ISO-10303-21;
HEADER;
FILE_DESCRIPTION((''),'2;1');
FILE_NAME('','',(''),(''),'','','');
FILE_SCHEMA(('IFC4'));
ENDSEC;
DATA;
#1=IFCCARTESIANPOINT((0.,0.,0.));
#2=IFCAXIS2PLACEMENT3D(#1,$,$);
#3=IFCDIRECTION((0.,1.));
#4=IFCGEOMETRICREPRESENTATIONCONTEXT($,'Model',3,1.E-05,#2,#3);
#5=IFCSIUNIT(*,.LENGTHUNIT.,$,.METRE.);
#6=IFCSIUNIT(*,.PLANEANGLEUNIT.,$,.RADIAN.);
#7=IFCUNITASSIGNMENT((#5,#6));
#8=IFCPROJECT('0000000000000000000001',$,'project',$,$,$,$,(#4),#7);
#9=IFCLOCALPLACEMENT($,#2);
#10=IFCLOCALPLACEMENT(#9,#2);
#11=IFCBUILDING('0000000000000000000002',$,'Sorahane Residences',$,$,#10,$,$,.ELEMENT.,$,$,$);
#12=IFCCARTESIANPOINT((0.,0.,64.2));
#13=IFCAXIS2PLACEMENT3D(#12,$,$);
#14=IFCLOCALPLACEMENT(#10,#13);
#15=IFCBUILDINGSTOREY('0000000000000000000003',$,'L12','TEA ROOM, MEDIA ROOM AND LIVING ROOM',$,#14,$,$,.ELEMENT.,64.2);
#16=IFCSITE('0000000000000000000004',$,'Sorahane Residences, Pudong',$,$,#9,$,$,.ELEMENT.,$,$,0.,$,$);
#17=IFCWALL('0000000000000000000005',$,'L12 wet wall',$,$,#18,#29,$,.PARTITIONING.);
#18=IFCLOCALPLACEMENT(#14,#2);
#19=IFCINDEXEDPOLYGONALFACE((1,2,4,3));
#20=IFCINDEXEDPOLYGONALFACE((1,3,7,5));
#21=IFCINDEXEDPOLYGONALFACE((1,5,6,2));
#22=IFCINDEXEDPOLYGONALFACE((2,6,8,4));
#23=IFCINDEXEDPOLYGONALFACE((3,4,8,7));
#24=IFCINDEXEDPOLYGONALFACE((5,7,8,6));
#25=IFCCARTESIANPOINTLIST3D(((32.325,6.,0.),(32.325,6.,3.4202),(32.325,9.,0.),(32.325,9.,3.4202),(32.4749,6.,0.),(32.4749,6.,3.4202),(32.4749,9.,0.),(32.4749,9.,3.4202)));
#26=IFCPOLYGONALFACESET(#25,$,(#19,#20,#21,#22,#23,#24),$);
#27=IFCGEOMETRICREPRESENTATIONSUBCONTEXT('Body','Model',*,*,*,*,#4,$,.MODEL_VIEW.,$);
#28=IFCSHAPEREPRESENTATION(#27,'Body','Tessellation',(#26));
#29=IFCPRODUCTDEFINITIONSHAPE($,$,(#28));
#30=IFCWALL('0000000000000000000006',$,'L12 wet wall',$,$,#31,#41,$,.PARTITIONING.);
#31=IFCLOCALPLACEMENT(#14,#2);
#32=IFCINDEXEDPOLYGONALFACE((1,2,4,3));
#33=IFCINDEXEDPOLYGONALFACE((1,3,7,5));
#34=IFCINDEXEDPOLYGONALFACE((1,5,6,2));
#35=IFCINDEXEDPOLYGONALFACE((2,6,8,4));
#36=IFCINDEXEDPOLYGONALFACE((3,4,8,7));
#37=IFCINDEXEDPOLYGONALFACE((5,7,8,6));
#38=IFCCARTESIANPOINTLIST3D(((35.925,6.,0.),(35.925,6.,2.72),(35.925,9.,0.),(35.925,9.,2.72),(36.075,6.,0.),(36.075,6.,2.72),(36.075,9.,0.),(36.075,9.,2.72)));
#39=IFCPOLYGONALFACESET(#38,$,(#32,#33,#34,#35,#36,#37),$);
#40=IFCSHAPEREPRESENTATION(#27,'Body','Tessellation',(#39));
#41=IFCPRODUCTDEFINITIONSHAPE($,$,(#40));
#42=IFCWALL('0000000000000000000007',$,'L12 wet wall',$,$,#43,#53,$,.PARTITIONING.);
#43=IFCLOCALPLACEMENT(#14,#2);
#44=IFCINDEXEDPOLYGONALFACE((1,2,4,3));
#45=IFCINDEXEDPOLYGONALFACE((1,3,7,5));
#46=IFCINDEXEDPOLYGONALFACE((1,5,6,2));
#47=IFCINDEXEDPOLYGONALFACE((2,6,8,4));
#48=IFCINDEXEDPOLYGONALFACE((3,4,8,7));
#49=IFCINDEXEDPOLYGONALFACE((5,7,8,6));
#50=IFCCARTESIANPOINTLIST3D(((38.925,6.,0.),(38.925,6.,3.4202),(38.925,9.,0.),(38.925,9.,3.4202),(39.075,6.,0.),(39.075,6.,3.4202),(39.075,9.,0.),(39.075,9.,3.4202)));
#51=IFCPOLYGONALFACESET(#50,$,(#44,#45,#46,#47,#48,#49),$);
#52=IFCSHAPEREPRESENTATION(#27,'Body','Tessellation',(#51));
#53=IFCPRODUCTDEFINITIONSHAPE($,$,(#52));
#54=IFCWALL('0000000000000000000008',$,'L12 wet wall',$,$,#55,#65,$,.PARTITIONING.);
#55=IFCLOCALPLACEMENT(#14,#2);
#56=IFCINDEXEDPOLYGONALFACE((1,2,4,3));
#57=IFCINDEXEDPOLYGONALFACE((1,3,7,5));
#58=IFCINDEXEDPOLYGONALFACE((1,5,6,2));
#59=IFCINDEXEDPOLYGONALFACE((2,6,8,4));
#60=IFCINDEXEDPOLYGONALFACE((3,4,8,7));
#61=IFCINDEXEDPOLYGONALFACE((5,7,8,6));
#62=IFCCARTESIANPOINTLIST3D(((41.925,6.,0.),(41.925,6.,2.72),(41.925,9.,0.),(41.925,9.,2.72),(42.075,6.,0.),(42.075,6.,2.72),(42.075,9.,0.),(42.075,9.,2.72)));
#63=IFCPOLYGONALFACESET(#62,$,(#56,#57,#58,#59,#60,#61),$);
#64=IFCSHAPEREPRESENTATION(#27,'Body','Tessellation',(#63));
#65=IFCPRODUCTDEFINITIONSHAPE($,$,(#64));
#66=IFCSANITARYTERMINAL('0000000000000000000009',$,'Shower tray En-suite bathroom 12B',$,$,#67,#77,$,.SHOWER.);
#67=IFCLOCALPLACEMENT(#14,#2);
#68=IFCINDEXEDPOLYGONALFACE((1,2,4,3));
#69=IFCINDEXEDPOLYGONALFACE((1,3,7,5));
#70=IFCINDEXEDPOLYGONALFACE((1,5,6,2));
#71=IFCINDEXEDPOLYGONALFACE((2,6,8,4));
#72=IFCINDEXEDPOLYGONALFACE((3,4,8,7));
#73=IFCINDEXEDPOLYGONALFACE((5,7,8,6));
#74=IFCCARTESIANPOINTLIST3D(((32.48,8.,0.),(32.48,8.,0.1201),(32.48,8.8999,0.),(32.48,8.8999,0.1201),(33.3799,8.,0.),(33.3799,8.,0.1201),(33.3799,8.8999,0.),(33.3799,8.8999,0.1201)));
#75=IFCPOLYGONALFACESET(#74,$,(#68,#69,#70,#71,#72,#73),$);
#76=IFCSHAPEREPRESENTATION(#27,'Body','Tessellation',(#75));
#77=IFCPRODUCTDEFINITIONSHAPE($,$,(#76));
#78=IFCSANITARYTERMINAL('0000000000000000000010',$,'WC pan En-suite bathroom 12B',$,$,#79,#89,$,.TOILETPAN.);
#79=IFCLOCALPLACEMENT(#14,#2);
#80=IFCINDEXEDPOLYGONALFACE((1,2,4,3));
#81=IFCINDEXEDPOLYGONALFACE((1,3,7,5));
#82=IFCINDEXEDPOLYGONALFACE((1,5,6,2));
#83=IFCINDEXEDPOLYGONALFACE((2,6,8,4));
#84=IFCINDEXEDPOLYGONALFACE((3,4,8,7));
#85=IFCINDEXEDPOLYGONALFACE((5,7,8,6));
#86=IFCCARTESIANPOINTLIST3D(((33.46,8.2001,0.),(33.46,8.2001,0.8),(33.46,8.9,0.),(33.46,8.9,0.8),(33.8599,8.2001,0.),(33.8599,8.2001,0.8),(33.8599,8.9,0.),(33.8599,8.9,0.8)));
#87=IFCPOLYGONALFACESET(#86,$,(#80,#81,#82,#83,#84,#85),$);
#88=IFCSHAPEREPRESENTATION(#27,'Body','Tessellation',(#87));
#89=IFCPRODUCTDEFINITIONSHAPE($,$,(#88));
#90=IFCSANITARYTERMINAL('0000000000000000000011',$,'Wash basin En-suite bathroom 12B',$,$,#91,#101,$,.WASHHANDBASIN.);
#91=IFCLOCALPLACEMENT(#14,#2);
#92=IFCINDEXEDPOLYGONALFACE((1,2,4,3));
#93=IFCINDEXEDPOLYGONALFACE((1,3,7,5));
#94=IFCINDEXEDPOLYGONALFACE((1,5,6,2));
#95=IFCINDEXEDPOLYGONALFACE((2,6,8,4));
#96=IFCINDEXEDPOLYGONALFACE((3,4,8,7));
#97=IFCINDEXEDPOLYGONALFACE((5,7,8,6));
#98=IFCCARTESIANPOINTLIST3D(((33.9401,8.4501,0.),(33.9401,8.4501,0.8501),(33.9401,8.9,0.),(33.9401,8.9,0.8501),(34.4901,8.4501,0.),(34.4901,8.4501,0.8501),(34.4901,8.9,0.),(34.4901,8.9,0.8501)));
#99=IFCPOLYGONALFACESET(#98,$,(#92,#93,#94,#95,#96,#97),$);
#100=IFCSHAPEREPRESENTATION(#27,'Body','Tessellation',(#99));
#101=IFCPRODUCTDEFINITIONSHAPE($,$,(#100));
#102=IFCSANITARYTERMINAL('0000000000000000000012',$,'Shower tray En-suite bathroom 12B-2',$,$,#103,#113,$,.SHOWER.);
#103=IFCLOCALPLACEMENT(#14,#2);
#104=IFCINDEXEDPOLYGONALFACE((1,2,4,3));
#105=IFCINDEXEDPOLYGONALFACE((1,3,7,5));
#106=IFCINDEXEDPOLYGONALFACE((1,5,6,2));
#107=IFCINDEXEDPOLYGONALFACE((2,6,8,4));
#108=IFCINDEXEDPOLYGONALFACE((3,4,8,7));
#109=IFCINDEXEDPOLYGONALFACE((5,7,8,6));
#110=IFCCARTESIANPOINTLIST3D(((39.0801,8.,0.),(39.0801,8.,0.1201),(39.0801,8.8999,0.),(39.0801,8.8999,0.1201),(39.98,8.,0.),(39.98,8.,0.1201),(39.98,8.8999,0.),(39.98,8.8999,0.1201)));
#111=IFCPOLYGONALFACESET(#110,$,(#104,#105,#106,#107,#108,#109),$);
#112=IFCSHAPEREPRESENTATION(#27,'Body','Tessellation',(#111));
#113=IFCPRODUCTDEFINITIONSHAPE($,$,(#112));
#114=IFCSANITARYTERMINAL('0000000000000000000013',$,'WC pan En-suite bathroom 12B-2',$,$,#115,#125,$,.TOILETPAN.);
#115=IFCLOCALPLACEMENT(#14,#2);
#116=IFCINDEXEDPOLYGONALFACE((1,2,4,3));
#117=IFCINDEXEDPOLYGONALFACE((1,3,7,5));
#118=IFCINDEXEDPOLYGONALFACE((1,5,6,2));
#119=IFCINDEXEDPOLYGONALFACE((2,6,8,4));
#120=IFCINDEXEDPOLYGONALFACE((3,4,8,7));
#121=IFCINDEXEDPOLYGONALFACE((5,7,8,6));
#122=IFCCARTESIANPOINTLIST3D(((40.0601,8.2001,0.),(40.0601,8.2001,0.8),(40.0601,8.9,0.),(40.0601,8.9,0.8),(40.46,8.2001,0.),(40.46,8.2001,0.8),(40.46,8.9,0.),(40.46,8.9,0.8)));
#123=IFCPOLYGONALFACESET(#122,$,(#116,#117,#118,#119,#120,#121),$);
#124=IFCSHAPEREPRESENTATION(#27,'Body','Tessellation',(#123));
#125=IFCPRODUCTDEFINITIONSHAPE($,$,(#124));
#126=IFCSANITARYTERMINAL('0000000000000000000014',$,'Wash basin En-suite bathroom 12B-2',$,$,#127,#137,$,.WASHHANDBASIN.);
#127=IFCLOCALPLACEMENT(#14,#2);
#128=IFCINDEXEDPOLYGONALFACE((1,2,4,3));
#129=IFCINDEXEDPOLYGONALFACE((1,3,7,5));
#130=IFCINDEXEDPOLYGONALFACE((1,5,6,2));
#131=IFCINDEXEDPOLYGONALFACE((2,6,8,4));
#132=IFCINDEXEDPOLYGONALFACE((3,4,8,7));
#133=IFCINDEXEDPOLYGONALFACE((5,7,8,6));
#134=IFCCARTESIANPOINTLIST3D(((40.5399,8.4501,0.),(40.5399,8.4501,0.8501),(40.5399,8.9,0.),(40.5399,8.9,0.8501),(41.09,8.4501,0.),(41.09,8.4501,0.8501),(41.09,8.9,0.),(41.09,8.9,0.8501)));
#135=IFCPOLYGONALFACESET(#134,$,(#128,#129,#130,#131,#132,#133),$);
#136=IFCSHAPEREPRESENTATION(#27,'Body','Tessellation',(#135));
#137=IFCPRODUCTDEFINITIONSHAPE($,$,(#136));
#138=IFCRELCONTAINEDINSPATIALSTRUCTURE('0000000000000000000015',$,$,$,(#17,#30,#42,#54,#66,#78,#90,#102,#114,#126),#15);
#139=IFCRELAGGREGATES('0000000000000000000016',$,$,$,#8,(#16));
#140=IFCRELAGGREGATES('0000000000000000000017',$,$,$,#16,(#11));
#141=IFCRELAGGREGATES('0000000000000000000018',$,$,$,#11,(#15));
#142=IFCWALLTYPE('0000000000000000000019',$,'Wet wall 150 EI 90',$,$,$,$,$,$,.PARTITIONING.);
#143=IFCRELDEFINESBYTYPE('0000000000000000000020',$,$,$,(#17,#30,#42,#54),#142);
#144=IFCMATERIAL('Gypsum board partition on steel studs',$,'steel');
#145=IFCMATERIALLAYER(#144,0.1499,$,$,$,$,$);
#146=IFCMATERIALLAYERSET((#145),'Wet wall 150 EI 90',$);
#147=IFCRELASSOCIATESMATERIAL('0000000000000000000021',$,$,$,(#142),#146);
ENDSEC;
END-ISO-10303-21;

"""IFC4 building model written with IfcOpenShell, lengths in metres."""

from ifc_helpers import new_model, si_unit, direction, frame, frame_2d, origin, origin_2d, place, context, subcontext, project, spatial, rectangle, extrude, material, layer, layer_set, type_object, element, save


model = new_model("IFC4")

# Units and contexts
model_context = context("Model", 3, precision=1e-05, world=origin(), true_north=direction((0.0, 1.0)))
body_context = subcontext(model_context, "Body", "Model", "MODEL_VIEW")
ifc_project = project(units=[si_unit("LENGTHUNIT", "METRE"), si_unit("PLANEANGLEUNIT", "RADIAN")], contexts=[model_context])

# Site, building, storey
site_placement = place(None, origin())
site = spatial("IfcSite", under=ifc_project, at=site_placement, Name="Sorahane Residences, Pudong", CompositionType="ELEMENT", RefElevation=0.0)
building_placement = place(site_placement, origin())
building = spatial("IfcBuilding", under=site, at=building_placement, Name="Sorahane Residences", CompositionType="ELEMENT")
storey_placement = place(building_placement, frame((0.0, 0.0, 64.2)))
storey = spatial("IfcBuildingStorey", under=building, at=storey_placement, Name="L12", Description="TEA ROOM, MEDIA ROOM AND LIVING ROOM", CompositionType="ELEMENT", Elevation=64.2)

# Walls
ifc_material_1 = material(Name="Gypsum board partition on steel studs", Category="steel")
ifc_layer_1 = layer(ifc_material_1, 0.1499)
ifc_layer_set_1 = layer_set([ifc_layer_1], Name="Wet wall 150 EI 90")
wall_type_1 = type_object("IfcWallType", Name="Wet wall 150 EI 90", PredefinedType="PARTITIONING", material=ifc_layer_set_1)
wall_1_placement = place(storey_placement, frame((32.3999, 6.0, 0.0), z_axis=(0.0, 0.0, 1.0), x_axis=(0.0, 1.0, 0.0)))
element("IfcWall", 1, at=wall_1_placement, inside=storey, type_object=wall_type_1, Name="L12 wet wall", PredefinedType="PARTITIONING", context=body_context, shape_type="SweptSolid", body=[
    extrude(rectangle(XDim=3.0, YDim=0.1499, at=frame_2d((1.5, 0.0))), origin(), (0.0, 0.0, 1.0), 3.4202),
])
wall_2_placement = place(storey_placement, frame((36.0, 6.0, 0.0), z_axis=(0.0, 0.0, 1.0), x_axis=(0.0, 1.0, 0.0)))
element("IfcWall", 2, at=wall_2_placement, inside=storey, type_object=wall_type_1, Name="L12 wet wall", PredefinedType="PARTITIONING", context=body_context, shape_type="SweptSolid", body=[
    extrude(rectangle(XDim=3.0, YDim=0.1499, at=frame_2d((1.5, 0.0))), origin(), (0.0, 0.0, 1.0), 2.72),
])
wall_3_placement = place(storey_placement, frame((39.0, 6.0, 0.0), z_axis=(0.0, 0.0, 1.0), x_axis=(0.0, 1.0, 0.0)))
element("IfcWall", 3, at=wall_3_placement, inside=storey, type_object=wall_type_1, Name="L12 wet wall", PredefinedType="PARTITIONING", context=body_context, shape_type="SweptSolid", body=[
    extrude(rectangle(XDim=3.0, YDim=0.1499, at=frame_2d((1.5, 0.0))), origin(), (0.0, 0.0, 1.0), 3.4202),
])
wall_4_placement = place(storey_placement, frame((42.0, 6.0, 0.0), z_axis=(0.0, 0.0, 1.0), x_axis=(0.0, 1.0, 0.0)))
element("IfcWall", 4, at=wall_4_placement, inside=storey, type_object=wall_type_1, Name="L12 wet wall", PredefinedType="PARTITIONING", context=body_context, shape_type="SweptSolid", body=[
    extrude(rectangle(XDim=3.0, YDim=0.1499, at=frame_2d((1.5, 0.0))), origin(), (0.0, 0.0, 1.0), 2.72),
])

# Sanitary terminals
sanitary_terminal_1_placement = place(storey_placement, frame((32.9299, 8.45, 0.0), z_axis=(0.0, 0.0, 1.0), x_axis=(1.0, 0.0, 0.0)))
element("IfcSanitaryTerminal", 5, at=sanitary_terminal_1_placement, inside=storey, Name="Shower tray En-suite bathroom 12B", PredefinedType="SHOWER", context=body_context, shape_type="SweptSolid", body=[
    extrude(rectangle(XDim=0.8999, YDim=0.8999, at=origin_2d()), origin(), (0.0, 0.0, 1.0), 0.1201),
])
sanitary_terminal_2_placement = place(storey_placement, frame((33.6599, 8.55, 0.0), z_axis=(0.0, 0.0, 1.0), x_axis=(1.0, 0.0, 0.0)))
element("IfcSanitaryTerminal", 6, at=sanitary_terminal_2_placement, inside=storey, Name="WC pan En-suite bathroom 12B", PredefinedType="TOILETPAN", context=body_context, shape_type="SweptSolid", body=[
    extrude(rectangle(XDim=0.3999, YDim=0.7, at=origin_2d()), origin(), (0.0, 0.0, 1.0), 0.8),
])
sanitary_terminal_3_placement = place(storey_placement, frame((34.2151, 8.675, 0.0), z_axis=(0.0, 0.0, 1.0), x_axis=(1.0, 0.0, 0.0)))
element("IfcSanitaryTerminal", 7, at=sanitary_terminal_3_placement, inside=storey, Name="Wash basin En-suite bathroom 12B", PredefinedType="WASHHANDBASIN", context=body_context, shape_type="SweptSolid", body=[
    extrude(rectangle(XDim=0.55, YDim=0.45, at=origin_2d()), origin(), (0.0, 0.0, 1.0), 0.8501),
])
sanitary_terminal_4_placement = place(storey_placement, frame((39.53, 8.45, 0.0), z_axis=(0.0, 0.0, 1.0), x_axis=(1.0, 0.0, 0.0)))
element("IfcSanitaryTerminal", 8, at=sanitary_terminal_4_placement, inside=storey, Name="Shower tray En-suite bathroom 12B-2", PredefinedType="SHOWER", context=body_context, shape_type="SweptSolid", body=[
    extrude(rectangle(XDim=0.8999, YDim=0.8999, at=origin_2d()), origin(), (0.0, 0.0, 1.0), 0.1201),
])
sanitary_terminal_5_placement = place(storey_placement, frame((40.26, 8.55, 0.0), z_axis=(0.0, 0.0, 1.0), x_axis=(1.0, 0.0, 0.0)))
element("IfcSanitaryTerminal", 9, at=sanitary_terminal_5_placement, inside=storey, Name="WC pan En-suite bathroom 12B-2", PredefinedType="TOILETPAN", context=body_context, shape_type="SweptSolid", body=[
    extrude(rectangle(XDim=0.3999, YDim=0.7, at=origin_2d()), origin(), (0.0, 0.0, 1.0), 0.8),
])
sanitary_terminal_6_placement = place(storey_placement, frame((40.8149, 8.675, 0.0), z_axis=(0.0, 0.0, 1.0), x_axis=(1.0, 0.0, 0.0)))
element("IfcSanitaryTerminal", 10, at=sanitary_terminal_6_placement, inside=storey, Name="Wash basin En-suite bathroom 12B-2", PredefinedType="WASHHANDBASIN", context=body_context, shape_type="SweptSolid", body=[
    extrude(rectangle(XDim=0.55, YDim=0.45, at=origin_2d()), origin(), (0.0, 0.0, 1.0), 0.8501),
])

save(model, "model.ifc")
